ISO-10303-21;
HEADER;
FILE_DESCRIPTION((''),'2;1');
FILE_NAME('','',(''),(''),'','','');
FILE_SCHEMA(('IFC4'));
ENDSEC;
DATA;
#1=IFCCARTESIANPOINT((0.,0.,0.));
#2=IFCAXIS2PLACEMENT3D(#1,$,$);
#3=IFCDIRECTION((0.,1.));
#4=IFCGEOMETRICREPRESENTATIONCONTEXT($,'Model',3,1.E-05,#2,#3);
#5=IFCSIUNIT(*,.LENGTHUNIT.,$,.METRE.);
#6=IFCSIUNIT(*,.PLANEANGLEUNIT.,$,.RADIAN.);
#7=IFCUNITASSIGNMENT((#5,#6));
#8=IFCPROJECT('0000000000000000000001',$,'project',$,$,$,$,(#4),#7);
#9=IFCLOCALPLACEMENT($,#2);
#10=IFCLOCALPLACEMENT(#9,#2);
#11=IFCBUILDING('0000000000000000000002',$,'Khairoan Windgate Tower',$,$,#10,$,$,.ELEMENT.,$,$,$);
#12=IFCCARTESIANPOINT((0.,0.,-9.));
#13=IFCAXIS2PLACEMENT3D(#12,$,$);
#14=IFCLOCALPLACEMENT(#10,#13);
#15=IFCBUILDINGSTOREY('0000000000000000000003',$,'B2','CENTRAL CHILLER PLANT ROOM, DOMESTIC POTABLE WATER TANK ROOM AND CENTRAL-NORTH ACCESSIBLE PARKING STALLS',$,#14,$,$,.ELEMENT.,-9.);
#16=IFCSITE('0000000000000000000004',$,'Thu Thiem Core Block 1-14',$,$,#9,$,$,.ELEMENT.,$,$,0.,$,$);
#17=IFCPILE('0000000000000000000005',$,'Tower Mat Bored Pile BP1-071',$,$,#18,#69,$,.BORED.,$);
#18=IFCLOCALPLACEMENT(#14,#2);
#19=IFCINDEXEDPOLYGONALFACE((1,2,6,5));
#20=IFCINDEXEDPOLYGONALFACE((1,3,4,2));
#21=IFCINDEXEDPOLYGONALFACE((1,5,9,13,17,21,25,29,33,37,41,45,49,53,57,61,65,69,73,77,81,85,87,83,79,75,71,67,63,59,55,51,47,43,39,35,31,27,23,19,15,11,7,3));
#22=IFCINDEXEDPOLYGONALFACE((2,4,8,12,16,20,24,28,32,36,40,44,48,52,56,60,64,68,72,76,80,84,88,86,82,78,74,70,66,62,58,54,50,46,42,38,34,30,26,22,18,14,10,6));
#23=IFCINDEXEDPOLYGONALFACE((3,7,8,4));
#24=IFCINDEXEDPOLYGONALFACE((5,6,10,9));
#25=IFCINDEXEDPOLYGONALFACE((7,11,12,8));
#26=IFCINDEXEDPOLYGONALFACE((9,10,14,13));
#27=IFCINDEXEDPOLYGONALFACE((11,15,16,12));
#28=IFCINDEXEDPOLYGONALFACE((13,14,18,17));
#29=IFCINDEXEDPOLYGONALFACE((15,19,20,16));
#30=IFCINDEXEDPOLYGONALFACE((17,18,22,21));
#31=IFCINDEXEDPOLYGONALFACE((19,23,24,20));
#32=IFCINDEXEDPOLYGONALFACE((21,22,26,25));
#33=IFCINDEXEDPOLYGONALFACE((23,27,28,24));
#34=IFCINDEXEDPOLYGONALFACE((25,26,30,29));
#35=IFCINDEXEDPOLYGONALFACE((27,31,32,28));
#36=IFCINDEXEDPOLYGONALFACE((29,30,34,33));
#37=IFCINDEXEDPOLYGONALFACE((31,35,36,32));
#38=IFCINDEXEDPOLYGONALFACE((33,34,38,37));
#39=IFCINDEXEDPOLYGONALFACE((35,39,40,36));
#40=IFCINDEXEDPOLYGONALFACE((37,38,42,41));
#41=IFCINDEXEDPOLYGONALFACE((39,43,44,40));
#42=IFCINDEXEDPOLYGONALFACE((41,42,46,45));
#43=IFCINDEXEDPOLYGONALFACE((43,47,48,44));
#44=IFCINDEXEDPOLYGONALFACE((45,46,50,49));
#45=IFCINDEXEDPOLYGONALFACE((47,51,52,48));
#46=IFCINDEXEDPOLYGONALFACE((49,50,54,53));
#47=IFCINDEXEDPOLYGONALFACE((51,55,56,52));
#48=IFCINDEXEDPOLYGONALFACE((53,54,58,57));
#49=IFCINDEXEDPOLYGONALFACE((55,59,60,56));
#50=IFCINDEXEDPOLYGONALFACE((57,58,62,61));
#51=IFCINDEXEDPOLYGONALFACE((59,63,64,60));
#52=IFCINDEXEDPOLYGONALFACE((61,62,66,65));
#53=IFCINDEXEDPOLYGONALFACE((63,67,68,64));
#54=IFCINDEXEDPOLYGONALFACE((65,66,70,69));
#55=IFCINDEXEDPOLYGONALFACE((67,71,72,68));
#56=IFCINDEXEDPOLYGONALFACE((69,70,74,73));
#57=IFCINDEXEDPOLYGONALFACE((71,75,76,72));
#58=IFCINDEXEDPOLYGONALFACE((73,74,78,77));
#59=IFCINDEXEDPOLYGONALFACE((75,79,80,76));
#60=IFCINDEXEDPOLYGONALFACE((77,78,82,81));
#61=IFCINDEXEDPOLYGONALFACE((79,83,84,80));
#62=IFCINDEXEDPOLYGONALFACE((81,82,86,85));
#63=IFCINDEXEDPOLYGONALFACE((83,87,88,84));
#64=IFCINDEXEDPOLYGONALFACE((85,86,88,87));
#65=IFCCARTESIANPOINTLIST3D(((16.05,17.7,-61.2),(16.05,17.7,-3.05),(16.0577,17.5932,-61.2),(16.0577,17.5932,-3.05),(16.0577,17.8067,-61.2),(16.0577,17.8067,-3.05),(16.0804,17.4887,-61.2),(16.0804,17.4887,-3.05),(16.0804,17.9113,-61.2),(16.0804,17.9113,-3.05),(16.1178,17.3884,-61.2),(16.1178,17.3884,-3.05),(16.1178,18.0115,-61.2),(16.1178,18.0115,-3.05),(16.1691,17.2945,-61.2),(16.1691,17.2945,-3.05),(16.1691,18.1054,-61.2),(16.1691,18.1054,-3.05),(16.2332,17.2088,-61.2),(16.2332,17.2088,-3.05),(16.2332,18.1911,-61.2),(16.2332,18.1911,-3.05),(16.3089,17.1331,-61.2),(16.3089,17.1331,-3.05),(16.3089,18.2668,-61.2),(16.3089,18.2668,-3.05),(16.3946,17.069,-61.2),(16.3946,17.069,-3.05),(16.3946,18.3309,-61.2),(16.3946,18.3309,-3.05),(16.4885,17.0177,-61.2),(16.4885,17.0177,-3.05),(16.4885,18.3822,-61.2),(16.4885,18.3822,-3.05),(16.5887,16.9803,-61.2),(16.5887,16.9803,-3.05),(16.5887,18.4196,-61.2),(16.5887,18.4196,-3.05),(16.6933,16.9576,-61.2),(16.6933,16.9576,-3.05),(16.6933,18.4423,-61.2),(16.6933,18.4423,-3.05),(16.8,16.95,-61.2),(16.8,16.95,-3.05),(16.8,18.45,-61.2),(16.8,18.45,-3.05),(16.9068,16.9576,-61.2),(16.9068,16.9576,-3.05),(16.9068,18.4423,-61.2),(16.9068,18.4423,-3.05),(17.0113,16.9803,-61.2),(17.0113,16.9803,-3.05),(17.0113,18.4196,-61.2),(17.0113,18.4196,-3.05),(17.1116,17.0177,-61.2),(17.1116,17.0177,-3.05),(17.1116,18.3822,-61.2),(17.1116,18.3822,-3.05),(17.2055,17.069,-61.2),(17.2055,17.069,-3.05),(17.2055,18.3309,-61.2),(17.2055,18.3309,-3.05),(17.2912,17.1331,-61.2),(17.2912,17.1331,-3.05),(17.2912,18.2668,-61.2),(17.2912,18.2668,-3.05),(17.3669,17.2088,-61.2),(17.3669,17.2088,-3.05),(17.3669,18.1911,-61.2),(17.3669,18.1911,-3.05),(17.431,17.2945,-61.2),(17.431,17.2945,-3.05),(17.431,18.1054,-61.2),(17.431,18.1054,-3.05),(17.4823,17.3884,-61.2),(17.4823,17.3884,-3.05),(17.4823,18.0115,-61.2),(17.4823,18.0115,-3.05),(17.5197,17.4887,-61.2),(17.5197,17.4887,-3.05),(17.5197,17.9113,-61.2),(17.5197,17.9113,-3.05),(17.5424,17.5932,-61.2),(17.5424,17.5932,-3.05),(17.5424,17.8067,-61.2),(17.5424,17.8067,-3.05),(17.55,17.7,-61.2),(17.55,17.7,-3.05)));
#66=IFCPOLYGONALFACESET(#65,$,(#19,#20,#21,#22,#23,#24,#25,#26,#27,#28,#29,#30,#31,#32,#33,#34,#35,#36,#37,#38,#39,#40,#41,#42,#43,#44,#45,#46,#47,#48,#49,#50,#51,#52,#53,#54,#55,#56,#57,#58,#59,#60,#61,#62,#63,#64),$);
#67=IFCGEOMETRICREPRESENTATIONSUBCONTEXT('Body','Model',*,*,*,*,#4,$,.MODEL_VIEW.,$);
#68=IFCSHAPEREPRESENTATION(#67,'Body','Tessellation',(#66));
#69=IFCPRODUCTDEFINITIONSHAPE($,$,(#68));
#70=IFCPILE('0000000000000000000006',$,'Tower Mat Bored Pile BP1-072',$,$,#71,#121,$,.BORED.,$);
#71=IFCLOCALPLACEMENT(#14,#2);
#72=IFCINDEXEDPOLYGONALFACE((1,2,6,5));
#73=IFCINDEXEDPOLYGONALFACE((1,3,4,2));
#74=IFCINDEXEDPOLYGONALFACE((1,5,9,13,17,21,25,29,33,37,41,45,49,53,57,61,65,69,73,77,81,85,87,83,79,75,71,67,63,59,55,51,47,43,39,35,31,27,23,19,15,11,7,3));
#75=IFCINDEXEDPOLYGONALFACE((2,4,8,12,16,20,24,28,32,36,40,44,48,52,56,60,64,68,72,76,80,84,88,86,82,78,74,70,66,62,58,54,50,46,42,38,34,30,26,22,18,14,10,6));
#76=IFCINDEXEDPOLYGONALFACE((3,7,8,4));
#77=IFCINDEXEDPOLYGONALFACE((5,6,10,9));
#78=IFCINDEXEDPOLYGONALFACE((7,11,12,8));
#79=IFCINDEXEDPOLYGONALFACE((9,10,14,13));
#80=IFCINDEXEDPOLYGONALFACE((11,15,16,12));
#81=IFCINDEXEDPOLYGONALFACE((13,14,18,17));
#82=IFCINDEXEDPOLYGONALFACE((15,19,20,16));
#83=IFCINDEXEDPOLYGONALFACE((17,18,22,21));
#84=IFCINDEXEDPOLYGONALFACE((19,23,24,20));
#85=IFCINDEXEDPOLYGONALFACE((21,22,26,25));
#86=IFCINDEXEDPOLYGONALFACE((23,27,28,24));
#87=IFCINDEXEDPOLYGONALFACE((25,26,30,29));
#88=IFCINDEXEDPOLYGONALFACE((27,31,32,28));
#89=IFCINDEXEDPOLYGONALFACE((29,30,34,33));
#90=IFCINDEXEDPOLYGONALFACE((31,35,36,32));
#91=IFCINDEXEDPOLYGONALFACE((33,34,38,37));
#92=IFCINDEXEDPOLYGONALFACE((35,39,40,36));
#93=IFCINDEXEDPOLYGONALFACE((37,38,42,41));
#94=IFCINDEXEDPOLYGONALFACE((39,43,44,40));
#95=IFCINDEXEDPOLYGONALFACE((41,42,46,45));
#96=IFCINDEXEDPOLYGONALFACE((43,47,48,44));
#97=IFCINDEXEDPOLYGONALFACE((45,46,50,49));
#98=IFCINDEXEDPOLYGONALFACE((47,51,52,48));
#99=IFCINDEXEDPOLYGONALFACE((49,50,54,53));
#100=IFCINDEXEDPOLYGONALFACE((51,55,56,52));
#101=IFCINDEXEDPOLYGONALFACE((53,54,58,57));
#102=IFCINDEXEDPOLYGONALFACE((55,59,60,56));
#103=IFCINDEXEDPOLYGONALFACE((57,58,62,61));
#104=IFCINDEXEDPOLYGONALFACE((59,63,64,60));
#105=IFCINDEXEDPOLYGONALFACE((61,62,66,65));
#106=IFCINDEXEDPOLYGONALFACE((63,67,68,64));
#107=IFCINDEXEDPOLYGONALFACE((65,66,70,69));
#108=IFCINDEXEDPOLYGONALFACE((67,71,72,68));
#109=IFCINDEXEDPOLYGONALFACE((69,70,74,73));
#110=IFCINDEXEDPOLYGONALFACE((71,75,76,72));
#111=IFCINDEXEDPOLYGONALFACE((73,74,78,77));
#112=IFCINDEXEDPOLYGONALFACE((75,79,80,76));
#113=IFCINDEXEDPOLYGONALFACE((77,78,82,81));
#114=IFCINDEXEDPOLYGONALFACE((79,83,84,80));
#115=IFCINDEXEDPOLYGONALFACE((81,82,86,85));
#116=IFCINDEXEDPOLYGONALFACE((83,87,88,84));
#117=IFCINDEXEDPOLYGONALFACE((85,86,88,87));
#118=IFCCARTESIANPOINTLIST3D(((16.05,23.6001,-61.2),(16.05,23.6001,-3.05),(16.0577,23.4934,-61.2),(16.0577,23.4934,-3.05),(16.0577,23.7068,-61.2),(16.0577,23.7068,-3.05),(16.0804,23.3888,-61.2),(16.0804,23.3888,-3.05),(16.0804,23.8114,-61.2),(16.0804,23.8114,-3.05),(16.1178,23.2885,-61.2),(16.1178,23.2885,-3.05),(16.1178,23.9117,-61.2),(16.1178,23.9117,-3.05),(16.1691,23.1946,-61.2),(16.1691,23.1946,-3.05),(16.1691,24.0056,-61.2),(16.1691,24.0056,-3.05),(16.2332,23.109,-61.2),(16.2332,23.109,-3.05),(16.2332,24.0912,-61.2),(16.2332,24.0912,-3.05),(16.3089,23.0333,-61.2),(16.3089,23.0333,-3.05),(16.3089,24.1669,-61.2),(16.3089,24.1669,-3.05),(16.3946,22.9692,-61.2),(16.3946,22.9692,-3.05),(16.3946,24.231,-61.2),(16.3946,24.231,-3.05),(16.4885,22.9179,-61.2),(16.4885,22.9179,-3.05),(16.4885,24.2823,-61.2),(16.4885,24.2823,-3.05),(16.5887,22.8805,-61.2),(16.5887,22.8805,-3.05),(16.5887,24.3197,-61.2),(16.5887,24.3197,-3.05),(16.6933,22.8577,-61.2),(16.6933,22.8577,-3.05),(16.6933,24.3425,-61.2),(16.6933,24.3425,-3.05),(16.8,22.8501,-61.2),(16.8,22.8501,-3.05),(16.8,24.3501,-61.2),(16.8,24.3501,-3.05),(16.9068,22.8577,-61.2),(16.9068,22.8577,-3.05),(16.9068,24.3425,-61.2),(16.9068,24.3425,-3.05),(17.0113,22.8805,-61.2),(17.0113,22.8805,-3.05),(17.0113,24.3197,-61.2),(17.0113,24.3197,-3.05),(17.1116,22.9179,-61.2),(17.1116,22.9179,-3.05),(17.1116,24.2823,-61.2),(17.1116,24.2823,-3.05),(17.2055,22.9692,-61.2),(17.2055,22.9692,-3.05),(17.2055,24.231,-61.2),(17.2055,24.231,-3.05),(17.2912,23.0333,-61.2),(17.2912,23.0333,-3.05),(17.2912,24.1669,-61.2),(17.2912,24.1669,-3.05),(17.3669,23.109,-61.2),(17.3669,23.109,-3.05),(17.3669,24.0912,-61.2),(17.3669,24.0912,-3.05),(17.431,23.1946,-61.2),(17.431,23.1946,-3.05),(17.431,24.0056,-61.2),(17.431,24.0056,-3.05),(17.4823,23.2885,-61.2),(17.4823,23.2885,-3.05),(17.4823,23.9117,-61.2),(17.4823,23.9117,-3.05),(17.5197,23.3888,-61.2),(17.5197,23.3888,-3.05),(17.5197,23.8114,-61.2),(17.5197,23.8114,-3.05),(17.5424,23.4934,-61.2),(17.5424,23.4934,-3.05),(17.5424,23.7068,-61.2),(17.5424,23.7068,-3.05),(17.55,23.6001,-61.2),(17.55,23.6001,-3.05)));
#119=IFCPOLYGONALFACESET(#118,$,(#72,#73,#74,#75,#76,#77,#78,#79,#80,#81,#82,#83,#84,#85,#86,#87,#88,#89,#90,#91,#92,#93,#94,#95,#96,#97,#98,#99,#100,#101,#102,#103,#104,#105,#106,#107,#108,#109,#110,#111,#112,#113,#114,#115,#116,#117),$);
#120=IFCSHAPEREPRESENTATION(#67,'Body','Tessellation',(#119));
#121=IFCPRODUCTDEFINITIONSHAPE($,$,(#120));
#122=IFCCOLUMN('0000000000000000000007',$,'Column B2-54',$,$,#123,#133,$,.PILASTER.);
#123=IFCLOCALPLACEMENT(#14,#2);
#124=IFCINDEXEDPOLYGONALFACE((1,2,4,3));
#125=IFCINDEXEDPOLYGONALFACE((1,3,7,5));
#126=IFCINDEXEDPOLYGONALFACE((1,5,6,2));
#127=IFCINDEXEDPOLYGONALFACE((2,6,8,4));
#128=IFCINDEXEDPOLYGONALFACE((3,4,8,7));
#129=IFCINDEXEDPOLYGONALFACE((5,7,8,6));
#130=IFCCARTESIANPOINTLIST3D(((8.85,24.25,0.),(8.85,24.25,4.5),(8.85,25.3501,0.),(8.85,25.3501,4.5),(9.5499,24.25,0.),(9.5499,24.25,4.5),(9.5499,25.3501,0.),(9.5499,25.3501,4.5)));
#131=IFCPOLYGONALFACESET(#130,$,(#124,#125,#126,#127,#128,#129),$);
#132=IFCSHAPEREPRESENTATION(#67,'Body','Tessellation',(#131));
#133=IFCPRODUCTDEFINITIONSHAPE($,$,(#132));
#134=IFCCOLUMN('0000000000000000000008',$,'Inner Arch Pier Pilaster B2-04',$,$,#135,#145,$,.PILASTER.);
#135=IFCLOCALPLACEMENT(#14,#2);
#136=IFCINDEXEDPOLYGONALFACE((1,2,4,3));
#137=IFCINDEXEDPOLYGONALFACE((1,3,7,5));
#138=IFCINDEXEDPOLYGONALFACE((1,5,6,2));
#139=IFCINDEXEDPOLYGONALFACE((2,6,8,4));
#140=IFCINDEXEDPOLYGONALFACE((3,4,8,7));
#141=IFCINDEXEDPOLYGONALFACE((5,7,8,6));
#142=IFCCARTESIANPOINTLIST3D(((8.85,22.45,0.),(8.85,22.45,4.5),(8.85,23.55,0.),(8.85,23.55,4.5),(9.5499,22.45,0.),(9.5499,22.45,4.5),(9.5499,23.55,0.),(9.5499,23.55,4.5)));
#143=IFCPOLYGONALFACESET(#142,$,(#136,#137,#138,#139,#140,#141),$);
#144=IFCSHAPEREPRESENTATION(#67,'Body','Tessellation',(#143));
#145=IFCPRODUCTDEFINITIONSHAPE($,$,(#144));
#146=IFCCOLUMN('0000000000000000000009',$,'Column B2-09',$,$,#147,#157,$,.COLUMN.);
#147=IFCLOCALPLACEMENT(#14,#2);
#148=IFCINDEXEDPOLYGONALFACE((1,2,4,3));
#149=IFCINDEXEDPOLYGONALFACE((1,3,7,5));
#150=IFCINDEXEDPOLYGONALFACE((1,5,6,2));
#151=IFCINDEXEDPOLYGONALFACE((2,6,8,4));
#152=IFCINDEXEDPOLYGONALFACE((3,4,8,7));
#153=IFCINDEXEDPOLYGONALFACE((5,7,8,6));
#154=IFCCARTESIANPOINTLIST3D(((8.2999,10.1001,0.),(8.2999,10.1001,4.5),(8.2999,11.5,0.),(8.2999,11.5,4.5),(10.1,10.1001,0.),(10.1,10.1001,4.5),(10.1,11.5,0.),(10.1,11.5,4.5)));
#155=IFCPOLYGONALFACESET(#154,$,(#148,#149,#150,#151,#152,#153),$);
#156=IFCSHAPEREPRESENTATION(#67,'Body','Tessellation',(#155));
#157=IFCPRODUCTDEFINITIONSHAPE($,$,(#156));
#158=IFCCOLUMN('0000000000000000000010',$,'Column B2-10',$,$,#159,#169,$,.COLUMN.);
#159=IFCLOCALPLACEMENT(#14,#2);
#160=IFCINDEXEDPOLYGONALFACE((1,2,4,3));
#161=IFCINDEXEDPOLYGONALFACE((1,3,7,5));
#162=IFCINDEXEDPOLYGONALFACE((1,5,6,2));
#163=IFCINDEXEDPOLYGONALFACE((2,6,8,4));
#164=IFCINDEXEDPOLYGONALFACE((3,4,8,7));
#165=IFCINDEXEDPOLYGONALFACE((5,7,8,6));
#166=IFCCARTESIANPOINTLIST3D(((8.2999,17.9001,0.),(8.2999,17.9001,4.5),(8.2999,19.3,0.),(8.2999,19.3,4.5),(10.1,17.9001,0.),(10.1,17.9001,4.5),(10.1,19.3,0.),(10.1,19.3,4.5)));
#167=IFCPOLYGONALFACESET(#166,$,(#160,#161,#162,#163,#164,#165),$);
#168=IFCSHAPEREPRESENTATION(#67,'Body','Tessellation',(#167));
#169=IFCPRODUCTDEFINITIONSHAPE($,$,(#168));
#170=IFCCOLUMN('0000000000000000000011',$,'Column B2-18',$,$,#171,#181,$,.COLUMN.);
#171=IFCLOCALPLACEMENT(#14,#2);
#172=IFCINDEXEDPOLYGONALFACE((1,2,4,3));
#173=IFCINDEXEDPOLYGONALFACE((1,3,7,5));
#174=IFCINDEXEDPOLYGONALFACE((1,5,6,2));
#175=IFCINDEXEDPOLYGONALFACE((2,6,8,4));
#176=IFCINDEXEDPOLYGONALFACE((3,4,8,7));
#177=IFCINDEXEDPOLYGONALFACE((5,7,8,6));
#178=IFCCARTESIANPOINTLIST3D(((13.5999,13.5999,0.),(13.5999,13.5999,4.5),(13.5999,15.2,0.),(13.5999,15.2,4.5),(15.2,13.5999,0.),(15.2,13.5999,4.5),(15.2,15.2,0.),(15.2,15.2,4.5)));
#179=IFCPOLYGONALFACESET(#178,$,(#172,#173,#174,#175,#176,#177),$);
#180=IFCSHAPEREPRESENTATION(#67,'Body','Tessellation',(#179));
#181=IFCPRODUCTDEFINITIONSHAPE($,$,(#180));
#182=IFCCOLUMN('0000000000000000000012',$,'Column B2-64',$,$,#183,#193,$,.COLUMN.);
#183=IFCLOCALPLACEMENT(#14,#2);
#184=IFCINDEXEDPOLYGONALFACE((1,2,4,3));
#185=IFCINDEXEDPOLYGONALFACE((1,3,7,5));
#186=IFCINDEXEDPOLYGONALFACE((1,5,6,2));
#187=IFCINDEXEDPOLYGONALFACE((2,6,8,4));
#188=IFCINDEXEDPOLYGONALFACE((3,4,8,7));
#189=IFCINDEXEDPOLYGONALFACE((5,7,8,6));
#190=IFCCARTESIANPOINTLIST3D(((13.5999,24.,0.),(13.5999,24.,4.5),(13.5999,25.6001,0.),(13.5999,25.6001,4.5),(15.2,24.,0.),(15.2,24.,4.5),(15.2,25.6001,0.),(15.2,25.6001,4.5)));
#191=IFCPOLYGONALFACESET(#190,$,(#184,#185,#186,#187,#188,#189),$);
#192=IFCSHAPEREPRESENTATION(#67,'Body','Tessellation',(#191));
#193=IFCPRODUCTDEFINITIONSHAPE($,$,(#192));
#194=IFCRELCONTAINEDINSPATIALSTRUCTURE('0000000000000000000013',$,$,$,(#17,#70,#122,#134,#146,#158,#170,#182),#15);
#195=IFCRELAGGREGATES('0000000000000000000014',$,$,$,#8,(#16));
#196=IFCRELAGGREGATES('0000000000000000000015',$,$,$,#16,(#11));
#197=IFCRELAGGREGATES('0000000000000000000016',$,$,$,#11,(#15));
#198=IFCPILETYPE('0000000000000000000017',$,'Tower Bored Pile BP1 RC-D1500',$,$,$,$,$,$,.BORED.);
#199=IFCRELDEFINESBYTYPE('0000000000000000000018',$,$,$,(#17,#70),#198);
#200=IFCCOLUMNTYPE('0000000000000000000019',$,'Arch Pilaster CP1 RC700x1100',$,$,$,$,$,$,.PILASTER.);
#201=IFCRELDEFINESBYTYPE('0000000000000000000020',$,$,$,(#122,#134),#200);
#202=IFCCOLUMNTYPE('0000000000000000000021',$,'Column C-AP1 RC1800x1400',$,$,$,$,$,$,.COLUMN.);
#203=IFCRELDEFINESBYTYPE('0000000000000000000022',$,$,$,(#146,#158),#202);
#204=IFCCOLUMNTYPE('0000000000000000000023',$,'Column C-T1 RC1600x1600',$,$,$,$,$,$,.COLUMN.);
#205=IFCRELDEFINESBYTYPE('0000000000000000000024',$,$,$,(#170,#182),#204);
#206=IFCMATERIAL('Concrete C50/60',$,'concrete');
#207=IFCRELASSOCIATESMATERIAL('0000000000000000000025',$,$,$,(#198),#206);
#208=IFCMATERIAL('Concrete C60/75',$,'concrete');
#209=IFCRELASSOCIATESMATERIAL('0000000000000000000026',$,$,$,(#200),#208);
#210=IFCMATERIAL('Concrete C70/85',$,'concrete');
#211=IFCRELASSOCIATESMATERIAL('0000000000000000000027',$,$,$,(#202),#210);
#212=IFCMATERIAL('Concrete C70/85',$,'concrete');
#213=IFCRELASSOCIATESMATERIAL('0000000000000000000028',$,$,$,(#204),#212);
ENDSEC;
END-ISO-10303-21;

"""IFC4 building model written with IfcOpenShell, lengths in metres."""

from ifc_helpers import new_model, si_unit, direction, frame, origin, origin_2d, place, context, subcontext, project, spatial, rectangle, circle, extrude, material, material_profile, profile_set, type_object, element, save


model = new_model("IFC4")

# Units and contexts
model_context = context("Model", 3, precision=1e-05, world=origin(), true_north=direction((0.0, 1.0)))
body_context = subcontext(model_context, "Body", "Model", "MODEL_VIEW")
ifc_project = project(units=[si_unit("LENGTHUNIT", "METRE"), si_unit("PLANEANGLEUNIT", "RADIAN")], contexts=[model_context])

# Site, building, storey
site_placement = place(None, origin())
site = spatial("IfcSite", under=ifc_project, at=site_placement, Name="Thu Thiem Core Block 1-14", CompositionType="ELEMENT", RefElevation=0.0)
building_placement = place(site_placement, origin())
building = spatial("IfcBuilding", under=site, at=building_placement, Name="Khairoan Windgate Tower", CompositionType="ELEMENT")
storey_placement = place(building_placement, frame((0.0, 0.0, -9.0)))
storey = spatial("IfcBuildingStorey", under=building, at=storey_placement, Name="B2", Description="CENTRAL CHILLER PLANT ROOM, DOMESTIC POTABLE WATER TANK ROOM AND CENTRAL-NORTH ACCESSIBLE PARKING STALLS", CompositionType="ELEMENT", Elevation=-9.0)

# Piles
ifc_material_1 = material(Name="Concrete C50/60", Category="concrete")
ifc_material_profile_1 = material_profile(ifc_material_1, circle(Radius=0.75, at=origin_2d()))
ifc_profile_set_1 = profile_set([ifc_material_profile_1], Name="Concrete C50/60")
pile_type = type_object("IfcPileType", Name="Tower Bored Pile BP1 RC-D1500", PredefinedType="BORED", material=ifc_profile_set_1)
for number, where, z_axis, x_axis, name in (
    (1, (16.8, 17.7, -3.05), (0.0, 0.0, -1.0), (1.0, 0.0, 0.0), "Tower Mat Bored Pile BP1-071"),
    (2, (16.8, 23.6001, -3.05), (0.0, 0.0, -1.0), (1.0, 0.0, 0.0), "Tower Mat Bored Pile BP1-072"),
):
    element("IfcPile", number, at=place(storey_placement, frame(where, z_axis=z_axis, x_axis=x_axis)), inside=storey, type_object=pile_type, Name=name, PredefinedType="BORED", context=body_context, shape_type="SweptSolid", body=[
        extrude(circle(Radius=0.75, at=origin_2d()), origin(), (0.0, 0.0, 1.0), 58.1499),
    ])

# Columns
ifc_material_2 = material(Name="Concrete C60/75", Category="concrete")
ifc_material_profile_2 = material_profile(ifc_material_2, rectangle(XDim=0.7, YDim=1.1001, at=origin_2d()))
ifc_profile_set_2 = profile_set([ifc_material_profile_2], Name="Concrete C60/75")
column_type_1 = type_object("IfcColumnType", Name="Arch Pilaster CP1 RC700x1100", PredefinedType="PILASTER", material=ifc_profile_set_2)
for number, where, z_axis, x_axis, name in (
    (3, (9.2, 24.8, 0.0), (0.0, 0.0, 1.0), (1.0, 0.0, 0.0), "Column B2-54"),
    (4, (9.2, 23.0, 0.0), (0.0, 0.0, 1.0), (1.0, 0.0, 0.0), "Inner Arch Pier Pilaster B2-04"),
):
    element("IfcColumn", number, at=place(storey_placement, frame(where, z_axis=z_axis, x_axis=x_axis)), inside=storey, type_object=column_type_1, Name=name, PredefinedType="PILASTER", context=body_context, shape_type="SweptSolid", body=[
        extrude(rectangle(XDim=0.7, YDim=1.1001, at=origin_2d()), origin(), (0.0, 0.0, 1.0), 4.5),
    ])
ifc_material_3 = material(Name="Concrete C70/85", Category="concrete")
ifc_material_profile_3 = material_profile(ifc_material_3, rectangle(XDim=1.8, YDim=1.3999, at=origin_2d()))
ifc_profile_set_3 = profile_set([ifc_material_profile_3], Name="Concrete C70/85")
column_type_2 = type_object("IfcColumnType", Name="Column C-AP1 RC1800x1400", PredefinedType="COLUMN", material=ifc_profile_set_3)
for number, where, z_axis, x_axis, name in (
    (5, (9.2, 10.8, 0.0), (0.0, 0.0, 1.0), (1.0, 0.0, 0.0), "Column B2-09"),
    (6, (9.2, 18.6001, 0.0), (0.0, 0.0, 1.0), (1.0, 0.0, 0.0), "Column B2-10"),
):
    element("IfcColumn", number, at=place(storey_placement, frame(where, z_axis=z_axis, x_axis=x_axis)), inside=storey, type_object=column_type_2, Name=name, PredefinedType="COLUMN", context=body_context, shape_type="SweptSolid", body=[
        extrude(rectangle(XDim=1.8, YDim=1.3999, at=origin_2d()), origin(), (0.0, 0.0, 1.0), 4.5),
    ])
ifc_material_4 = material(Name="Concrete C70/85", Category="concrete")
ifc_material_profile_4 = material_profile(ifc_material_4, rectangle(XDim=1.6001, YDim=1.6001, at=origin_2d()))
ifc_profile_set_4 = profile_set([ifc_material_profile_4], Name="Concrete C70/85")
column_type_3 = type_object("IfcColumnType", Name="Column C-T1 RC1600x1600", PredefinedType="COLUMN", material=ifc_profile_set_4)
for number, where, z_axis, x_axis, name in (
    (7, (14.3999, 14.3999, 0.0), (0.0, 0.0, 1.0), (1.0, 0.0, 0.0), "Column B2-18"),
    (8, (14.3999, 24.8, 0.0), (0.0, 0.0, 1.0), (1.0, 0.0, 0.0), "Column B2-64"),
):
    element("IfcColumn", number, at=place(storey_placement, frame(where, z_axis=z_axis, x_axis=x_axis)), inside=storey, type_object=column_type_3, Name=name, PredefinedType="COLUMN", context=body_context, shape_type="SweptSolid", body=[
        extrude(rectangle(XDim=1.6001, YDim=1.6001, at=origin_2d()), origin(), (0.0, 0.0, 1.0), 4.5),
    ])

save(model, "model.ifc")
